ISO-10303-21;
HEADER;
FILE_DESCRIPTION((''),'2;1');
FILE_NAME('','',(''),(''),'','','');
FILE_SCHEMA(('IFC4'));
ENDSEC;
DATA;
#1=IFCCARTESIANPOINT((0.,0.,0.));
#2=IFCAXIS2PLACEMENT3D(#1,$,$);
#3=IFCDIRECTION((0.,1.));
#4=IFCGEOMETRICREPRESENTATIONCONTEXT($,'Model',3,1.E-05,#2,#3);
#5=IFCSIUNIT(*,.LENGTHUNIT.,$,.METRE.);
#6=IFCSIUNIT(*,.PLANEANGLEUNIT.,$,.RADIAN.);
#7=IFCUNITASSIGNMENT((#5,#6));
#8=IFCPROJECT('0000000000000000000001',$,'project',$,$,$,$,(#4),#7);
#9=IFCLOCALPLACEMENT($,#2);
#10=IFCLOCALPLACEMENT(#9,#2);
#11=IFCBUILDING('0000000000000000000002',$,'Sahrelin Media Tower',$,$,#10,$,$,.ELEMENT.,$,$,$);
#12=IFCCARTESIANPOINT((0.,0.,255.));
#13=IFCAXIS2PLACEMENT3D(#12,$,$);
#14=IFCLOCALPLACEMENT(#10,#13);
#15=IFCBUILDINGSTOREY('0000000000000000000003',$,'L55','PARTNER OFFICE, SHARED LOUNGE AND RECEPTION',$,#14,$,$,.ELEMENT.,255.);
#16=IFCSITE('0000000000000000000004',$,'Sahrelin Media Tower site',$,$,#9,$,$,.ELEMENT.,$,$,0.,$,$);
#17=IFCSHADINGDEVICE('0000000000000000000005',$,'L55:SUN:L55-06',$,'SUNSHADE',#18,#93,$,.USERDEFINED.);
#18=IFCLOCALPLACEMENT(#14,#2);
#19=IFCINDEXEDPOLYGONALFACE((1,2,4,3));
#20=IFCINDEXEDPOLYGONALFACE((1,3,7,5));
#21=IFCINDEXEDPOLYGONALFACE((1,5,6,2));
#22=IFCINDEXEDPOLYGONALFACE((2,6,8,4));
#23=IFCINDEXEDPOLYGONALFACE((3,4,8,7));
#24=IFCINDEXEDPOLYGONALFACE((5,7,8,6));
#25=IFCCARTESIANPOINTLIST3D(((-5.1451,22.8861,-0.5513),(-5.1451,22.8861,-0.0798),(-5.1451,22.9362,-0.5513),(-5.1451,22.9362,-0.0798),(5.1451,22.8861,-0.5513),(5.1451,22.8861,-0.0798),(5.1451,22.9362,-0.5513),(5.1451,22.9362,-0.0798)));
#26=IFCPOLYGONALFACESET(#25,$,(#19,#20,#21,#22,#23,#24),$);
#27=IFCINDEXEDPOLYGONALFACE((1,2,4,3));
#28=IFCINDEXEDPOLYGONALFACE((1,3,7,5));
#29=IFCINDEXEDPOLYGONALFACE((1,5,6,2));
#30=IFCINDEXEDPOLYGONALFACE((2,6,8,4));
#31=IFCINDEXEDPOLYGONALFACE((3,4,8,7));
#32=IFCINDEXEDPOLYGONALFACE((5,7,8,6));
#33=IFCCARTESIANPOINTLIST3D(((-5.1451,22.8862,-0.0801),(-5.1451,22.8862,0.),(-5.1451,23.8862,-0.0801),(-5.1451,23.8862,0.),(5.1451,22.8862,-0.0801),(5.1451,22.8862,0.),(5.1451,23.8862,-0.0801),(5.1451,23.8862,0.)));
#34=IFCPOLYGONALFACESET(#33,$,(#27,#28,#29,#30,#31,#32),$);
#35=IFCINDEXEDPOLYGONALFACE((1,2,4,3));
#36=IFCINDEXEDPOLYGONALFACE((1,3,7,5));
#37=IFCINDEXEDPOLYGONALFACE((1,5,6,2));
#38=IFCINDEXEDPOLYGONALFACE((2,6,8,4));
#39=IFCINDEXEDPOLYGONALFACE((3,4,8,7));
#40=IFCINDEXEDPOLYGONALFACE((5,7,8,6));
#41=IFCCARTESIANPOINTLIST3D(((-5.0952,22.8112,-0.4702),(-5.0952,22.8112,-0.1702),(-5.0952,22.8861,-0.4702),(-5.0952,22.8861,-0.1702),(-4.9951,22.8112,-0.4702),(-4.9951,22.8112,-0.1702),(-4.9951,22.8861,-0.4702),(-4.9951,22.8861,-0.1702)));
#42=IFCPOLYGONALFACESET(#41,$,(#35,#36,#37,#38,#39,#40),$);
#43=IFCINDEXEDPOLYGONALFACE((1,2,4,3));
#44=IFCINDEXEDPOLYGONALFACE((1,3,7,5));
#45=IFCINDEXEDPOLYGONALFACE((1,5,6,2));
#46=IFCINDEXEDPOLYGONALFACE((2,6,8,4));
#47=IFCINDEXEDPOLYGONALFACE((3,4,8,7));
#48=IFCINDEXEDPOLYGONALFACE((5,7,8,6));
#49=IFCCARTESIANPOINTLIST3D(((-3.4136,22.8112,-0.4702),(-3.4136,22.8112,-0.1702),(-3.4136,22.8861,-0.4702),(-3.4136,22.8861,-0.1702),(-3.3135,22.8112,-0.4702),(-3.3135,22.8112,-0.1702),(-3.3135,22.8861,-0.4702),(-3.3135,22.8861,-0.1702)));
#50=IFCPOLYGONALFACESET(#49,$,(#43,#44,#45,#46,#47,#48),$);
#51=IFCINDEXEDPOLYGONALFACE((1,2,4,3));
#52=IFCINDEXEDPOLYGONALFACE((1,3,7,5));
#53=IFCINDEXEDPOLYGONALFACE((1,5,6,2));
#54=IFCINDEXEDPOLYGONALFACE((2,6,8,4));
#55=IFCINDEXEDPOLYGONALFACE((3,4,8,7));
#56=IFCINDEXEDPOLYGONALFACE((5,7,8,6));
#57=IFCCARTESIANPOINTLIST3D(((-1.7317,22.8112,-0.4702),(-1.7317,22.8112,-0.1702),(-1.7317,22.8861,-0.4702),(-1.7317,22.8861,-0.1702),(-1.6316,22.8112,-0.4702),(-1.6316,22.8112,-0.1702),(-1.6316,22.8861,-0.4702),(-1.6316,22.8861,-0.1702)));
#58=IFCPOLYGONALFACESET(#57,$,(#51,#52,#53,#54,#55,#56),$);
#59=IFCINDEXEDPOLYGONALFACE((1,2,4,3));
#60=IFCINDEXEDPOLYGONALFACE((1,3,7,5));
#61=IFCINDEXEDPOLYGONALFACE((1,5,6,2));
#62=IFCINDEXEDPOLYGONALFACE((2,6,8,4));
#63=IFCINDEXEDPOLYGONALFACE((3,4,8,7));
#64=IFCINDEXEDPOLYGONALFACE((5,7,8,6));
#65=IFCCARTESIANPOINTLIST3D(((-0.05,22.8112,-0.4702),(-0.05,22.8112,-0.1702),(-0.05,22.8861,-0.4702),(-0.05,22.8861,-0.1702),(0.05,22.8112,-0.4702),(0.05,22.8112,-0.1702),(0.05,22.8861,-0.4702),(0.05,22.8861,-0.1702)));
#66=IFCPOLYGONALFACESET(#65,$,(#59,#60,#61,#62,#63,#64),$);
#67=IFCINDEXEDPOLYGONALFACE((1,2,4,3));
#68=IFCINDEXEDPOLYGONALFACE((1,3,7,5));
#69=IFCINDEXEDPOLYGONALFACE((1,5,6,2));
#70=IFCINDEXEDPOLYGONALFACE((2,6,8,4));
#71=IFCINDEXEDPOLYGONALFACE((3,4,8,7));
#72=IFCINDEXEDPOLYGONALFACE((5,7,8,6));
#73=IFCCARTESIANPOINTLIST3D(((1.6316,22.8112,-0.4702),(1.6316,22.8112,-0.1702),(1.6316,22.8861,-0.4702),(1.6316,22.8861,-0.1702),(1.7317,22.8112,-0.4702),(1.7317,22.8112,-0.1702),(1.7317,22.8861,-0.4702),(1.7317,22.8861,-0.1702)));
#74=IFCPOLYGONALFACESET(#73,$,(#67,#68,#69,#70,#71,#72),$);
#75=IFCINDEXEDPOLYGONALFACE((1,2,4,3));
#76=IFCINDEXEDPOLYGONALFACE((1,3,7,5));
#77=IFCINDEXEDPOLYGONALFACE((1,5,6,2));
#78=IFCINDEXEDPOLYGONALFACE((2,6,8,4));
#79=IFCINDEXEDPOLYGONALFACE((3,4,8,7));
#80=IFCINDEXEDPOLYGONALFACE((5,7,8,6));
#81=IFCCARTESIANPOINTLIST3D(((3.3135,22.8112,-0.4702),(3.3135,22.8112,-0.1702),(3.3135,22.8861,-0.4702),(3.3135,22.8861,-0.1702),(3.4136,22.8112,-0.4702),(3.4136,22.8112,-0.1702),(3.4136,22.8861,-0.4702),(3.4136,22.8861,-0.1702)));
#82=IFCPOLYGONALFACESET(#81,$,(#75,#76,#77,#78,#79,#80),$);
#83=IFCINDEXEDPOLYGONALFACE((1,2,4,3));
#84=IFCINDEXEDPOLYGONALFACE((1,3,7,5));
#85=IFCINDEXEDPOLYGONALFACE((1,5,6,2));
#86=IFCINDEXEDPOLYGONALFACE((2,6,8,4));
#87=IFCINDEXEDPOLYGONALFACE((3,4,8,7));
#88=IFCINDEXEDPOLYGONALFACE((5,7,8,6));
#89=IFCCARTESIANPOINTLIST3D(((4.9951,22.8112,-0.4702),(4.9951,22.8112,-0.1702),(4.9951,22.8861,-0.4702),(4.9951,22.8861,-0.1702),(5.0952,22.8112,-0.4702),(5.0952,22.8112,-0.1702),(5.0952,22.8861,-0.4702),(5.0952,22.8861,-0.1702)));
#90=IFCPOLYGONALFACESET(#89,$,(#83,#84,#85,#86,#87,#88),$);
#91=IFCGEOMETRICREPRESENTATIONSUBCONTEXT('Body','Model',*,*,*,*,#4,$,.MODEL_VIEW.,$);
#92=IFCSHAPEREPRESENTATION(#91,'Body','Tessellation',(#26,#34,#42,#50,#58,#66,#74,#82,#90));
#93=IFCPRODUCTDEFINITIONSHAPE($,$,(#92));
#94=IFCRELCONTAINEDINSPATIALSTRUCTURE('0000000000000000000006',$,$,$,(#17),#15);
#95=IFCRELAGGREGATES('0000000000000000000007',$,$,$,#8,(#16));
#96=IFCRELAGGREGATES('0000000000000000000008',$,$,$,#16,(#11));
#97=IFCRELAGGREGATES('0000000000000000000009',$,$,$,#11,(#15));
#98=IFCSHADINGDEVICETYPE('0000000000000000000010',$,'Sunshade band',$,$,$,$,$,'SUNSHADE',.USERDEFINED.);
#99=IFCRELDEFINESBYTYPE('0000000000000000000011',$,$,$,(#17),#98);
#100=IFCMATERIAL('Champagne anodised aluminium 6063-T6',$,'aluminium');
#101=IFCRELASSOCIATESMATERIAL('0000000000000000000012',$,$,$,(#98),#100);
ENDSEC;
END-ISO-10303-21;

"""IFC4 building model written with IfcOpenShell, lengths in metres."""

from ifc_helpers import new_model, si_unit, direction, frame, origin, origin_2d, place, context, subcontext, project, spatial, rectangle, extrude, material, type_object, element, save


model = new_model("IFC4")

# Units and contexts
model_context = context("Model", 3, precision=1e-05, world=origin(), true_north=direction((0.0, 1.0)))
body_context = subcontext(model_context, "Body", "Model", "MODEL_VIEW")
ifc_project = project(units=[si_unit("LENGTHUNIT", "METRE"), si_unit("PLANEANGLEUNIT", "RADIAN")], contexts=[model_context])

# Site, building, storey
site_placement = place(None, origin())
site = spatial("IfcSite", under=ifc_project, at=site_placement, Name="Sahrelin Media Tower site", CompositionType="ELEMENT", RefElevation=0.0)
building_placement = place(site_placement, origin())
building = spatial("IfcBuilding", under=site, at=building_placement, Name="Sahrelin Media Tower", CompositionType="ELEMENT")
storey_placement = place(building_placement, frame((0.0, 0.0, 255.0)))
storey = spatial("IfcBuildingStorey", under=building, at=storey_placement, Name="L55", Description="PARTNER OFFICE, SHARED LOUNGE AND RECEPTION", CompositionType="ELEMENT", Elevation=255.0)

# Shared definitions
ifc_material_1 = material(Name="Champagne anodised aluminium 6063-T6", Category="aluminium")

# Shared definitions
placement_1 = place(storey_placement, frame((0.0, 22.8662, 0.0), z_axis=(0.0, 0.0, 1.0), x_axis=(1.0, 0.0, 0.0)))

# Shading device
shading_device_type_1 = type_object("IfcShadingDeviceType", Name="Sunshade band", ElementType="SUNSHADE", PredefinedType="USERDEFINED", material=ifc_material_1)
element("IfcShadingDevice", 1, at=placement_1, inside=storey, type_object=shading_device_type_1, Name="L55:SUN:L55-06", ObjectType="SUNSHADE", PredefinedType="USERDEFINED", context=body_context, shape_type="SweptSolid", body=[
    extrude(rectangle(XDim=10.2903, YDim=0.05, at=origin_2d()), frame((0.0, 0.0449, -0.5513)), (0.0, 0.0, 1.0), 0.4714),
    extrude(rectangle(XDim=10.2903, YDim=1.0, at=origin_2d()), frame((0.0, 0.52, -0.0801)), (0.0, 0.0, 1.0), 0.0801),
    extrude(rectangle(XDim=0.1001, YDim=0.075, at=origin_2d()), frame((-5.0452, -0.0176, -0.4702)), (0.0, 0.0, 1.0), 0.3),
    extrude(rectangle(XDim=0.1001, YDim=0.075, at=origin_2d()), frame((-3.3635, -0.0176, -0.4702)), (0.0, 0.0, 1.0), 0.3),
    extrude(rectangle(XDim=0.1001, YDim=0.075, at=origin_2d()), frame((-1.6816, -0.0176, -0.4702)), (0.0, 0.0, 1.0), 0.3),
    extrude(rectangle(XDim=0.1001, YDim=0.075, at=origin_2d()), frame((0.0, -0.0176, -0.4702)), (0.0, 0.0, 1.0), 0.3),
    extrude(rectangle(XDim=0.1001, YDim=0.075, at=origin_2d()), frame((1.6816, -0.0176, -0.4702)), (0.0, 0.0, 1.0), 0.3),
    extrude(rectangle(XDim=0.1001, YDim=0.075, at=origin_2d()), frame((3.3635, -0.0176, -0.4702)), (0.0, 0.0, 1.0), 0.3),
    extrude(rectangle(XDim=0.1001, YDim=0.075, at=origin_2d()), frame((5.0452, -0.0176, -0.4702)), (0.0, 0.0, 1.0), 0.3),
])

save(model, "model.ifc")
